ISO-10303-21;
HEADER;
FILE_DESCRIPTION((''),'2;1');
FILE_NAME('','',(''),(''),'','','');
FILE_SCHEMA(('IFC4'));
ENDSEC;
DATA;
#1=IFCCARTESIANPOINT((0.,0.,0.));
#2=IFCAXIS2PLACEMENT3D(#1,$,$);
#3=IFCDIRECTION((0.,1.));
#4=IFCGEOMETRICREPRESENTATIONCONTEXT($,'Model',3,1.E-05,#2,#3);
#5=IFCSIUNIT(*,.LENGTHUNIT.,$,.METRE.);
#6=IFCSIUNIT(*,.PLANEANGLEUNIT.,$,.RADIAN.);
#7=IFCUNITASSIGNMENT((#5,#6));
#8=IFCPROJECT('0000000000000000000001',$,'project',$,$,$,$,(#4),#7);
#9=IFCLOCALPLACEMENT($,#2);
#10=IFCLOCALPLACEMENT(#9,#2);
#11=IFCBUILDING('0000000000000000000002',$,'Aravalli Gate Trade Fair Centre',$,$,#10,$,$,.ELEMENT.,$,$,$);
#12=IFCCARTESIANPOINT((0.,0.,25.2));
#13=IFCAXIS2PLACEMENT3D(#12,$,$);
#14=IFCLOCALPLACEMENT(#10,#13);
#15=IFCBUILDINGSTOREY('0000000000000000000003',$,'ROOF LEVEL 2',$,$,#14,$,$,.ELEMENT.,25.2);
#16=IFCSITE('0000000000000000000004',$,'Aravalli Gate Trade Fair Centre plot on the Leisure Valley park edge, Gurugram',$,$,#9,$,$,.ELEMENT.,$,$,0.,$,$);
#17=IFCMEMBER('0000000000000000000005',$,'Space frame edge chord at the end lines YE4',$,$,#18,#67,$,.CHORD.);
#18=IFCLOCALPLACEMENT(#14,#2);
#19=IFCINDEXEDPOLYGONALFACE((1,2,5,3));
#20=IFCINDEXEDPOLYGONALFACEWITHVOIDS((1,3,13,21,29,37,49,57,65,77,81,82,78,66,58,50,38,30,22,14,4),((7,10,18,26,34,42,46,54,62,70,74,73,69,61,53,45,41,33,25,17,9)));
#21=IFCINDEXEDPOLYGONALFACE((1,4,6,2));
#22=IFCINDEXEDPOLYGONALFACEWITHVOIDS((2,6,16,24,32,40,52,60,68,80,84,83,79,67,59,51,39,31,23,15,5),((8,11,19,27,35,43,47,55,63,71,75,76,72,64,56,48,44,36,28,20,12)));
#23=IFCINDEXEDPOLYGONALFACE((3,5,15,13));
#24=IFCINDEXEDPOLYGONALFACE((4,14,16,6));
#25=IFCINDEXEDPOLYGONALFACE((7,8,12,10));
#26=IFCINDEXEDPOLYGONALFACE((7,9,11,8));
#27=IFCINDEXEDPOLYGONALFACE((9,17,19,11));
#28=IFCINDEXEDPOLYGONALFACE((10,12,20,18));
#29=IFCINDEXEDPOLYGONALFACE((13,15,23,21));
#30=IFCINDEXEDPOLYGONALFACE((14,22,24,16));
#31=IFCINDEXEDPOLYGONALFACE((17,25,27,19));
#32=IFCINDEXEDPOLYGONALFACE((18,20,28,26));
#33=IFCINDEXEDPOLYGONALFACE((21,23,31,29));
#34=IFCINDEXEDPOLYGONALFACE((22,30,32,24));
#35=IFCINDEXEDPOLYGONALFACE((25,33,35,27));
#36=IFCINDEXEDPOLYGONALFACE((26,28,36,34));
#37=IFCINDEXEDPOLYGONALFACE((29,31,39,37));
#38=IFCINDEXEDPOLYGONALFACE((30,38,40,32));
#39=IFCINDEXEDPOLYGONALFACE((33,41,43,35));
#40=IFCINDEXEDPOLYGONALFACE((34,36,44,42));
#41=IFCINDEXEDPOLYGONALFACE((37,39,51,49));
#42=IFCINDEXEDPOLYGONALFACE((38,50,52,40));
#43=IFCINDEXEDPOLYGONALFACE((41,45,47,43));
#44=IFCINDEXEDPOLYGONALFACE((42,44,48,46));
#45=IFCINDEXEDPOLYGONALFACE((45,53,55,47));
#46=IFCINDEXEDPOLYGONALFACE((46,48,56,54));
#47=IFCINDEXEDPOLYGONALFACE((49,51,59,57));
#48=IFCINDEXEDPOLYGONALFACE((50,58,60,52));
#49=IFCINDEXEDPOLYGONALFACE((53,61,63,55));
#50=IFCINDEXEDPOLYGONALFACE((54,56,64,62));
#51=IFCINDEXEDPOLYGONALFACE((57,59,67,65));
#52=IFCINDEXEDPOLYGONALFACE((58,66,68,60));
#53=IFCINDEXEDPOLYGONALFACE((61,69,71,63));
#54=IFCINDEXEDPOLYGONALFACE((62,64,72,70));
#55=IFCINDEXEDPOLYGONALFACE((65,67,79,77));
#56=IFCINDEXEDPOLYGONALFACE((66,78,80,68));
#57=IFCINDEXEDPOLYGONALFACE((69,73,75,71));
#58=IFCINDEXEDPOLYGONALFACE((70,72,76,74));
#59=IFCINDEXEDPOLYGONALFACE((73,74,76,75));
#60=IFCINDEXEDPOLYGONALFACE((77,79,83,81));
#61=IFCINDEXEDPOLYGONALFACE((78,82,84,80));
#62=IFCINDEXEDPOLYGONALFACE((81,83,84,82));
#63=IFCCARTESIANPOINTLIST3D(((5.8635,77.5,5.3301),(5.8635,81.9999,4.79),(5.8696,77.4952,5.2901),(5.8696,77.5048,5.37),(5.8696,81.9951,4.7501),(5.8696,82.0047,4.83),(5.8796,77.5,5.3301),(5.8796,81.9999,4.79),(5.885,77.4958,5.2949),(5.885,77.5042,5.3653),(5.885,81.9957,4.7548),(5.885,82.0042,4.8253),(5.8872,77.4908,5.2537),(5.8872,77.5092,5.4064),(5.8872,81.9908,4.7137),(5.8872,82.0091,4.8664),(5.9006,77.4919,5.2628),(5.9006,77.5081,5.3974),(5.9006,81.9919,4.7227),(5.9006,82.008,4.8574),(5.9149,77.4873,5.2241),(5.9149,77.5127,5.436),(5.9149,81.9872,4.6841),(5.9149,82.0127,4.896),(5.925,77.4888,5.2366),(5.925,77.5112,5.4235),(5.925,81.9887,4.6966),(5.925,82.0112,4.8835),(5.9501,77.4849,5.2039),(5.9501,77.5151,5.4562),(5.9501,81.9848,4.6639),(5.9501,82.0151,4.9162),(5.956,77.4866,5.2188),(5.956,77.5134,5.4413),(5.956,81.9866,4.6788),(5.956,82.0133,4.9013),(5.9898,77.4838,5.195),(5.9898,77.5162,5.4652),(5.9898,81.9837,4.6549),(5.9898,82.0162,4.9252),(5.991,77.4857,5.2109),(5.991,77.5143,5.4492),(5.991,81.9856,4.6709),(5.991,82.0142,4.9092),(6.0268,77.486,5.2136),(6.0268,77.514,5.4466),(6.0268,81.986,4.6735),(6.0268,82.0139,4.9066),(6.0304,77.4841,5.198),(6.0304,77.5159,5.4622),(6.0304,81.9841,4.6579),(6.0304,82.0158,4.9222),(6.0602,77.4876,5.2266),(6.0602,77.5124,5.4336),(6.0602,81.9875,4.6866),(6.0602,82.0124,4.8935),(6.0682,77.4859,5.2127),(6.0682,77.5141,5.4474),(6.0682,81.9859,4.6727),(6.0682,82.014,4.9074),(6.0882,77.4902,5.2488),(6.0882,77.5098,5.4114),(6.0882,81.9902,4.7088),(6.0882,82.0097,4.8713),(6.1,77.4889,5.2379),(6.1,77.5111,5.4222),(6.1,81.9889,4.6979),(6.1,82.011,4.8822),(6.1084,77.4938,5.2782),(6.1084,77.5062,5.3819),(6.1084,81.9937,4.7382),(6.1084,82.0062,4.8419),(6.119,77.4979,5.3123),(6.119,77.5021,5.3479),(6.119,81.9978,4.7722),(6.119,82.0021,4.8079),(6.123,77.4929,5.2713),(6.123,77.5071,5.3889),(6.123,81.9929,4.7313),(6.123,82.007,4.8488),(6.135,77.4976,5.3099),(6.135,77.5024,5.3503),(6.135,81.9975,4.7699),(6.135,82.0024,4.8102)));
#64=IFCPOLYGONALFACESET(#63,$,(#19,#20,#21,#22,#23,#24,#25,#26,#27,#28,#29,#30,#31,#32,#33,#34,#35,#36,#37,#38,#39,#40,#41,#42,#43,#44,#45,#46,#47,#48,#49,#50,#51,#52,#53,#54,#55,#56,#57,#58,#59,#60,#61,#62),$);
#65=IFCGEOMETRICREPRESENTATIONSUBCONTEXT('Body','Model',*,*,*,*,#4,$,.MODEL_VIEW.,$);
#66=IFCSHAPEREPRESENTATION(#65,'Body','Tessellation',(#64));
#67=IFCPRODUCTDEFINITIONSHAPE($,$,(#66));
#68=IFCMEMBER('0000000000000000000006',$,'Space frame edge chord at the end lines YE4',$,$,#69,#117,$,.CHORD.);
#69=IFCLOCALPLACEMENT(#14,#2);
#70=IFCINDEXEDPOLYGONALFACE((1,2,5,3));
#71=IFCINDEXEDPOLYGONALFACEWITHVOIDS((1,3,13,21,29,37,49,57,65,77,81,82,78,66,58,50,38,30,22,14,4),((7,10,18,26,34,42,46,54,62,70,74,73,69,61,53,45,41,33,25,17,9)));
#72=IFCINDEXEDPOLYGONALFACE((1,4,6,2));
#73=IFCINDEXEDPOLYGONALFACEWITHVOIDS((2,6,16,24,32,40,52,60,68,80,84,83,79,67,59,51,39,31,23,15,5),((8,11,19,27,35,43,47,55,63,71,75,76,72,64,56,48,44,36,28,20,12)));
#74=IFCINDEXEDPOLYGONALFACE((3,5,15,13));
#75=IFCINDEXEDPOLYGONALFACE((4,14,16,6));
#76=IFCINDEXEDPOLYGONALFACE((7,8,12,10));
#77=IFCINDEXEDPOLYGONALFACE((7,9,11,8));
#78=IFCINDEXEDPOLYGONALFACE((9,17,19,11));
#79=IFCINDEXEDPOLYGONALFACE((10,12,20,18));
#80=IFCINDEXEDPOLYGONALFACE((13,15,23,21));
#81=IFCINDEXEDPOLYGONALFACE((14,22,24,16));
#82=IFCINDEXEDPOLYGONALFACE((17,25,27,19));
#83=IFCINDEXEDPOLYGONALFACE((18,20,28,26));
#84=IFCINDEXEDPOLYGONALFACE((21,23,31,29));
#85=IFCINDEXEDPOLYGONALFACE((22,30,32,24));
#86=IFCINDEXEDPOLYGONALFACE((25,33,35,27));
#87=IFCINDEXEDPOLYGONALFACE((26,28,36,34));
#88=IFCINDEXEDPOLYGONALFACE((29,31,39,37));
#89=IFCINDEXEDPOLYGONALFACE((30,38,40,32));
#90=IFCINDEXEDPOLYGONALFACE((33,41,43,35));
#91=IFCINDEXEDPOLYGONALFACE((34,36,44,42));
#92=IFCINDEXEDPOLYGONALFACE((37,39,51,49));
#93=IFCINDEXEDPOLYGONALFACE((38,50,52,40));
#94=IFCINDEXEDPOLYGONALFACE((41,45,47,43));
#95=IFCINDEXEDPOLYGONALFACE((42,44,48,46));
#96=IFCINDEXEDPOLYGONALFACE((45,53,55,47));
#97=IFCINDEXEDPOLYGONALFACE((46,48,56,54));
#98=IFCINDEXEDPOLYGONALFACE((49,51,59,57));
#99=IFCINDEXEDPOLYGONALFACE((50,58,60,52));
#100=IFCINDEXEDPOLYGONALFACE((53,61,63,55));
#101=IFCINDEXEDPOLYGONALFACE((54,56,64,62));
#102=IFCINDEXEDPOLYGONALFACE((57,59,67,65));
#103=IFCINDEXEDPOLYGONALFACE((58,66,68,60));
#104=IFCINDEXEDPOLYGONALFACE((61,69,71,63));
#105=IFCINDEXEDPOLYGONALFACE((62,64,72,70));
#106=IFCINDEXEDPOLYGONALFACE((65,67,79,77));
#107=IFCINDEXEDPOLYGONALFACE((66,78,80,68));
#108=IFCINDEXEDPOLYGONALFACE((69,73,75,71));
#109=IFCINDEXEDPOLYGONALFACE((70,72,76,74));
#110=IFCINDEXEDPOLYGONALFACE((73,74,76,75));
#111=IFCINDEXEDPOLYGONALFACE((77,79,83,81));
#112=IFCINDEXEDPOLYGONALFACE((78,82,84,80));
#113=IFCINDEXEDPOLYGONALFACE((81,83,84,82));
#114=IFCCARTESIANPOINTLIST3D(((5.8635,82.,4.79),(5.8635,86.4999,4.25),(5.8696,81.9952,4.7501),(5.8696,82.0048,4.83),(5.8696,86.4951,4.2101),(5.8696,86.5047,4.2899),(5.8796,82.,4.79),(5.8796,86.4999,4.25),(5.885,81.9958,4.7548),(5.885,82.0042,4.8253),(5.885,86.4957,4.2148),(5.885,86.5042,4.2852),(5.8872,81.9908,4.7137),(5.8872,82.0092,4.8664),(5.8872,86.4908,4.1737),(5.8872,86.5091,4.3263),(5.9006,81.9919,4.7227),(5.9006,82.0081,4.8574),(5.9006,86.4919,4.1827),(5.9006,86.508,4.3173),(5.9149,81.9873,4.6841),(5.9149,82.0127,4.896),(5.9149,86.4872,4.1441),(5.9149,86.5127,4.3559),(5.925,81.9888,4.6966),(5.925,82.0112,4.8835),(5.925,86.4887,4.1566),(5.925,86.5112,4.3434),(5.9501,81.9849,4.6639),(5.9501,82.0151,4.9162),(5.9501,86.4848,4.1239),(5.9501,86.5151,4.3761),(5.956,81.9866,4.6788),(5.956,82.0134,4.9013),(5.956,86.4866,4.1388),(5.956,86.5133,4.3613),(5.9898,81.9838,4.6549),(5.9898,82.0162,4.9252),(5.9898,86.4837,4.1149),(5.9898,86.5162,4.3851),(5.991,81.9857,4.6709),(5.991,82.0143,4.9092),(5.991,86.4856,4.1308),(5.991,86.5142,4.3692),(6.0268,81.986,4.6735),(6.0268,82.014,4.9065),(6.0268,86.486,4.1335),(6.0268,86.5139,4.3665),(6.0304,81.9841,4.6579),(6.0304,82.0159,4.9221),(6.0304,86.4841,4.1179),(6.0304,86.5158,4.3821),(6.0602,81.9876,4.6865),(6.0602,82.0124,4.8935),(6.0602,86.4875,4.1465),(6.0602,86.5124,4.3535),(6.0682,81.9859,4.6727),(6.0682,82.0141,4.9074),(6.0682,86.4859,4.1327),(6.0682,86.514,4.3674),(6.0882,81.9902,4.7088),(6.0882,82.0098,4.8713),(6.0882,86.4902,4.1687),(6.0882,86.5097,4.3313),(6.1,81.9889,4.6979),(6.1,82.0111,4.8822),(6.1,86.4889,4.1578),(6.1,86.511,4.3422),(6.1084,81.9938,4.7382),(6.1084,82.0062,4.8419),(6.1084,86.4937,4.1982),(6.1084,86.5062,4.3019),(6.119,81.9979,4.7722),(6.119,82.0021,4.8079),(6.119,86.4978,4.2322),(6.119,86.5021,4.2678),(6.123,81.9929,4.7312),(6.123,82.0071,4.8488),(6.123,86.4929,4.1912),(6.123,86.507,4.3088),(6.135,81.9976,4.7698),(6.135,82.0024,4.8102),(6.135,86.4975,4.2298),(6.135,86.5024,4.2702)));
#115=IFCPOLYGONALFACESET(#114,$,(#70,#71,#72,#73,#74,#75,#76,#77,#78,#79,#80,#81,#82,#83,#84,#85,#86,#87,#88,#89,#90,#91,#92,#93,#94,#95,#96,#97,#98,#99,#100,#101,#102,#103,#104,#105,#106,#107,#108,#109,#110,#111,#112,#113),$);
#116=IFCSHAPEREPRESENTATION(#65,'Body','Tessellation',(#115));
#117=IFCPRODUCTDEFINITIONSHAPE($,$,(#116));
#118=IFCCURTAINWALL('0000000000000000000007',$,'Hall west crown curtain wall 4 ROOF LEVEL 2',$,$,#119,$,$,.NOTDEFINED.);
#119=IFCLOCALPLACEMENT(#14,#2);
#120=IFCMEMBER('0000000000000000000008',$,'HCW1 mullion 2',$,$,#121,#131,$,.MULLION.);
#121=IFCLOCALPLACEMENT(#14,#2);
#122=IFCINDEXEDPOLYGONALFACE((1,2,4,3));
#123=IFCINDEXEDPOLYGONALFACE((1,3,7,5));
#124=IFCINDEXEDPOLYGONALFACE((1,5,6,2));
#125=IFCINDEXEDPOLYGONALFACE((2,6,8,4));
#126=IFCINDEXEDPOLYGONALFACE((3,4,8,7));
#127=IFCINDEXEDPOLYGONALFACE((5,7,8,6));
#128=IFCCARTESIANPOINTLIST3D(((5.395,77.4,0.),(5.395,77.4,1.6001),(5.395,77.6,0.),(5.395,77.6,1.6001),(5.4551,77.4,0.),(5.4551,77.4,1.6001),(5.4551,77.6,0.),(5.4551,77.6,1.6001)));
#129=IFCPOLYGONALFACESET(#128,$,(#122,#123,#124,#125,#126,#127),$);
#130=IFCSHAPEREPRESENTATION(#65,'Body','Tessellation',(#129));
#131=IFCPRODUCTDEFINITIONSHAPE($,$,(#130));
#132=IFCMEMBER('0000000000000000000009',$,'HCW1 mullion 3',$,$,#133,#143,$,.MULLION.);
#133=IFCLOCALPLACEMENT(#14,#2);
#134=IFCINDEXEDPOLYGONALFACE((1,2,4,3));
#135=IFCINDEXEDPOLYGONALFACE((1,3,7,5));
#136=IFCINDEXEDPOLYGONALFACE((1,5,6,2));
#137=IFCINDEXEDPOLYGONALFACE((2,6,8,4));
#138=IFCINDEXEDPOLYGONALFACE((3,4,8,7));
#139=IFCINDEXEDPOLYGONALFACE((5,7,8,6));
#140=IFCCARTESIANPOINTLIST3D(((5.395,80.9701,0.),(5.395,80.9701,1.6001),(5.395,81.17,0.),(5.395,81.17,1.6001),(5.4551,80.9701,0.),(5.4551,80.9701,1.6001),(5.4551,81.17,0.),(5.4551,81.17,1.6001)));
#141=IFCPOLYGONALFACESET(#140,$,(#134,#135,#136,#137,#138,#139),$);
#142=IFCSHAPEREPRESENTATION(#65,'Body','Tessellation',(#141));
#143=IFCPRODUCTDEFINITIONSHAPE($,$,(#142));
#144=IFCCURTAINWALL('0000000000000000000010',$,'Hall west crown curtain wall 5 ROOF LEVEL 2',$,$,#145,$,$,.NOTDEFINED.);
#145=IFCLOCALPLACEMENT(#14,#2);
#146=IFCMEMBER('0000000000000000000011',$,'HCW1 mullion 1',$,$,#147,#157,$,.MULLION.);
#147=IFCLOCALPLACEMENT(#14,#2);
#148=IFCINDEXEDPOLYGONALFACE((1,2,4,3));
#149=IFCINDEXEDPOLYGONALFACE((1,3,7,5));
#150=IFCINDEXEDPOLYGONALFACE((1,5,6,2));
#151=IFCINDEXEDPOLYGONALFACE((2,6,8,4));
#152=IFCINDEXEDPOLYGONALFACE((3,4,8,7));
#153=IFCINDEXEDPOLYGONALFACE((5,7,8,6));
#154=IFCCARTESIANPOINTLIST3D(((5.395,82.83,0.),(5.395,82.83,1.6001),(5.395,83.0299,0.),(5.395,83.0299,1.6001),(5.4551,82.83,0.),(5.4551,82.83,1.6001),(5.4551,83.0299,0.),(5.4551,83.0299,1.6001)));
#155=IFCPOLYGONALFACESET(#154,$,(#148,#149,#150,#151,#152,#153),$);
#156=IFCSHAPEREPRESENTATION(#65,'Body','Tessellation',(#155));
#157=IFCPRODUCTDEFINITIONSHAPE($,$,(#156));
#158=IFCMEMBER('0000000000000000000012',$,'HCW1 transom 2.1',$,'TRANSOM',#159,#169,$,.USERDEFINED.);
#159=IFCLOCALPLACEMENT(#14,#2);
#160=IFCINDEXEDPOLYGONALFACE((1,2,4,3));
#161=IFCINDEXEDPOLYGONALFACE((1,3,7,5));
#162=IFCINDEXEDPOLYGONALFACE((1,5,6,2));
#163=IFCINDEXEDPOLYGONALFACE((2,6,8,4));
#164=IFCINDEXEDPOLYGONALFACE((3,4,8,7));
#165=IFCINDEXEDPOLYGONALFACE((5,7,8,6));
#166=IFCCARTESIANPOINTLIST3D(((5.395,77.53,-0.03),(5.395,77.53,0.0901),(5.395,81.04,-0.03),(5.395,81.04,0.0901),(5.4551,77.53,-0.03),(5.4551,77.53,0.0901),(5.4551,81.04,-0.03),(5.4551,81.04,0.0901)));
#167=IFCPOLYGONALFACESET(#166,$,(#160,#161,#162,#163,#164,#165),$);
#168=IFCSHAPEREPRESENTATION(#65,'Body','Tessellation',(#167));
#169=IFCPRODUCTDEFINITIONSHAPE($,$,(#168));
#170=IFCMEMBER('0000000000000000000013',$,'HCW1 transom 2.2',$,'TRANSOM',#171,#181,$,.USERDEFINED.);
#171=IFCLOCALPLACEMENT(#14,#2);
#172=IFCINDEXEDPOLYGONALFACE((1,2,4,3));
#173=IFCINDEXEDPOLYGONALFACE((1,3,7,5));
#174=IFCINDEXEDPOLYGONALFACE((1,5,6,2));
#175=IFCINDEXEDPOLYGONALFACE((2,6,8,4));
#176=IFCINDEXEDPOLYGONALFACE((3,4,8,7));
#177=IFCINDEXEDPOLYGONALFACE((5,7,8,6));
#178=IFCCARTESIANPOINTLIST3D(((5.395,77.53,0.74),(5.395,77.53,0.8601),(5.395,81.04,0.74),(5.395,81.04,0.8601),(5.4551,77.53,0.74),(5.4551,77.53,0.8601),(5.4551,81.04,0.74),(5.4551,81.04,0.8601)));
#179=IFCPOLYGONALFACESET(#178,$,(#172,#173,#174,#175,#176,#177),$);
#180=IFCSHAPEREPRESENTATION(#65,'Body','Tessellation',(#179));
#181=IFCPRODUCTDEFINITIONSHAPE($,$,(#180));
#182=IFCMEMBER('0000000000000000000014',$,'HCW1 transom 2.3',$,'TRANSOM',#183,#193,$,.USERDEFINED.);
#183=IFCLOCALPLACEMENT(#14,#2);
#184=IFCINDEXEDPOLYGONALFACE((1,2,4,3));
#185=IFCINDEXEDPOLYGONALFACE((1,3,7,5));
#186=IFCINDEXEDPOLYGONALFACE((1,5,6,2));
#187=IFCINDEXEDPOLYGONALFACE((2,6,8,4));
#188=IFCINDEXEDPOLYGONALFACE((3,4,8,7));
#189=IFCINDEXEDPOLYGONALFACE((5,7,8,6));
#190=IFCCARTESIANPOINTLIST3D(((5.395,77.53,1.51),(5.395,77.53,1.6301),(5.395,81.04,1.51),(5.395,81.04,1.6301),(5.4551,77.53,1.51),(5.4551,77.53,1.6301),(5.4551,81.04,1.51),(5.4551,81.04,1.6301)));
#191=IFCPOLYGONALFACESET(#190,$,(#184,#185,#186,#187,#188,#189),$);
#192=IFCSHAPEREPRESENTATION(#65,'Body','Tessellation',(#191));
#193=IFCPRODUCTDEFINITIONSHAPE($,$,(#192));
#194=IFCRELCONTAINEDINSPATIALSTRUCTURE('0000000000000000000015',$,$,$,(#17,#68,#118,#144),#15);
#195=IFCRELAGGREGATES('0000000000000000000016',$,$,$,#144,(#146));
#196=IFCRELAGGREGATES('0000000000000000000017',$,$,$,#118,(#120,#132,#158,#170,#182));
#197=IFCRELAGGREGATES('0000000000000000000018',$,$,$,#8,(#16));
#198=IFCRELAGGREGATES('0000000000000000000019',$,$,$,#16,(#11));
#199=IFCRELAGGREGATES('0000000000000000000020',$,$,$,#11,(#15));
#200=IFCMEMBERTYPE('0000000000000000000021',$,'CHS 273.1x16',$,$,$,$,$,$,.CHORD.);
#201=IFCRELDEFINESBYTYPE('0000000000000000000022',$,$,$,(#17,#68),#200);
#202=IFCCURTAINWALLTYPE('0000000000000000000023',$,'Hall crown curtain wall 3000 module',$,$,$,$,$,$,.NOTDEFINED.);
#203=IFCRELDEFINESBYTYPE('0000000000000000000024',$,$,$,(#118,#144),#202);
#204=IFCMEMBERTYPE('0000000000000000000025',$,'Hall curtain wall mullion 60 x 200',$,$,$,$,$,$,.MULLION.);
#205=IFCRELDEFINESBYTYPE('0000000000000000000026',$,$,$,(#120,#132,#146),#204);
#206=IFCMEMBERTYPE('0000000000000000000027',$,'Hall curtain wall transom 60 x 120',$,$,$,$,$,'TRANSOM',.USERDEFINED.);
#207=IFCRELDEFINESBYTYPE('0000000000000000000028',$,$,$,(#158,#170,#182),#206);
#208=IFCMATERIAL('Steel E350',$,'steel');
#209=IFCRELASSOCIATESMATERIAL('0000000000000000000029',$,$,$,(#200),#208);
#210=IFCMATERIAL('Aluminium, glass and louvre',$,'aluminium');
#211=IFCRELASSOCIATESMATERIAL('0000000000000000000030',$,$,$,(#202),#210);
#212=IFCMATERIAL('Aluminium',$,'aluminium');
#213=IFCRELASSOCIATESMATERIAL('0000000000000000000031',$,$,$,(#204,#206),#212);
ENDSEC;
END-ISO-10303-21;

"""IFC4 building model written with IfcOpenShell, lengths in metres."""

from ifc_helpers import new_model, si_unit, direction, frame, origin, origin_2d, place, context, subcontext, project, spatial, rectangle, hollow_circle, extrude, material, material_profile, profile_set, type_object, element, aggregate, save


model = new_model("IFC4")

# Units and contexts
model_context = context("Model", 3, precision=1e-05, world=origin(), true_north=direction((0.0, 1.0)))
body_context = subcontext(model_context, "Body", "Model", "MODEL_VIEW")
ifc_project = project(units=[si_unit("LENGTHUNIT", "METRE"), si_unit("PLANEANGLEUNIT", "RADIAN")], contexts=[model_context])

# Site, building, storey
site_placement = place(None, origin())
site = spatial("IfcSite", under=ifc_project, at=site_placement, Name="Aravalli Gate Trade Fair Centre plot on the Leisure Valley park edge, Gurugram", CompositionType="ELEMENT", RefElevation=0.0)
building_placement = place(site_placement, origin())
building = spatial("IfcBuilding", under=site, at=building_placement, Name="Aravalli Gate Trade Fair Centre", CompositionType="ELEMENT")
storey_placement = place(building_placement, frame((0.0, 0.0, 25.2)))
storey = spatial("IfcBuildingStorey", under=building, at=storey_placement, Name="ROOF LEVEL 2", CompositionType="ELEMENT", Elevation=25.2)

# Members
ifc_material_1 = material(Name="Steel E350", Category="steel")
ifc_material_profile_1 = material_profile(ifc_material_1, hollow_circle(Radius=0.1365, WallThickness=0.0161, at=origin_2d()), Name="CHS 273.1x16")
ifc_profile_set_1 = profile_set([ifc_material_profile_1], Name="Steel E350")
member_type_1 = type_object("IfcMemberType", Name="CHS 273.1x16", PredefinedType="CHORD", material=ifc_profile_set_1)
for number, where, z_axis, x_axis, name in (
    (1, (6.0, 77.5, 5.3301), (0.0, 0.992876, -0.119154), (-1.0, 0.0, 0.0), "Space frame edge chord at the end lines YE4"),
    (2, (6.0, 82.0, 4.79), (0.0, 0.992876, -0.119154), (-1.0, 0.0, 0.0), "Space frame edge chord at the end lines YE4"),
):
    element("IfcMember", number, at=place(storey_placement, frame(where, z_axis=z_axis, x_axis=x_axis)), inside=storey, type_object=member_type_1, Name=name, PredefinedType="CHORD", context=body_context, shape_type="SweptSolid", body=[
        extrude(hollow_circle(Radius=0.1365, WallThickness=0.0161, at=origin_2d()), origin(), (0.0, 0.0, 1.0), 4.5322),
    ])

# Curtain wall, members
ifc_material_2 = material(Name="Aluminium, glass and louvre", Category="aluminium")
curtain_wall_type = type_object("IfcCurtainWallType", Name="Hall crown curtain wall 3000 module", PredefinedType="NOTDEFINED", material=ifc_material_2)
curtain_wall_1_placement = place(storey_placement, origin())
curtain_wall_1 = element("IfcCurtainWall", 3, at=curtain_wall_1_placement, inside=storey, type_object=curtain_wall_type, Name="Hall west crown curtain wall 4 ROOF LEVEL 2", PredefinedType="NOTDEFINED")
ifc_material_3 = material(Name="Aluminium", Category="aluminium")
ifc_material_profile_2 = material_profile(ifc_material_3, rectangle(XDim=0.0601, YDim=0.2, at=origin_2d()), Name="Hall curtain wall mullion 60 x 200")
ifc_profile_set_2 = profile_set([ifc_material_profile_2], Name="Aluminium")
member_type_2 = type_object("IfcMemberType", Name="Hall curtain wall mullion 60 x 200", PredefinedType="MULLION", material=ifc_profile_set_2)
member_1_placement = place(storey_placement, frame((5.425, 77.5, 0.0), z_axis=(0.0, 0.0, 1.0), x_axis=(-1.0, 0.0, 0.0)))
member_1 = element("IfcMember", 4, at=member_1_placement, type_object=member_type_2, Name="HCW1 mullion 2", PredefinedType="MULLION", context=body_context, shape_type="SweptSolid", body=[
    extrude(rectangle(XDim=0.0601, YDim=0.2, at=origin_2d()), origin(), (0.0, 0.0, 1.0), 1.6001),
])
member_2_placement = place(storey_placement, frame((5.425, 81.0701, 0.0), z_axis=(0.0, 0.0, 1.0), x_axis=(-1.0, 0.0, 0.0)))
member_2 = element("IfcMember", 5, at=member_2_placement, type_object=member_type_2, Name="HCW1 mullion 3", PredefinedType="MULLION", context=body_context, shape_type="SweptSolid", body=[
    extrude(rectangle(XDim=0.0601, YDim=0.2, at=origin_2d()), origin(), (0.0, 0.0, 1.0), 1.6001),
])

# Curtain wall, member
curtain_wall_2_placement = place(storey_placement, origin())
curtain_wall_2 = element("IfcCurtainWall", 6, at=curtain_wall_2_placement, inside=storey, type_object=curtain_wall_type, Name="Hall west crown curtain wall 5 ROOF LEVEL 2", PredefinedType="NOTDEFINED")
member_3_placement = place(storey_placement, frame((5.425, 82.9299, 0.0), z_axis=(0.0, 0.0, 1.0), x_axis=(-1.0, 0.0, 0.0)))
member_3 = element("IfcMember", 7, at=member_3_placement, type_object=member_type_2, Name="HCW1 mullion 1", PredefinedType="MULLION", context=body_context, shape_type="SweptSolid", body=[
    extrude(rectangle(XDim=0.0601, YDim=0.2, at=origin_2d()), origin(), (0.0, 0.0, 1.0), 1.6001),
])

# Members
ifc_material_profile_3 = material_profile(ifc_material_3, rectangle(XDim=0.0601, YDim=0.1201, at=origin_2d()), Name="Hall curtain wall transom 60 x 120")
ifc_profile_set_3 = profile_set([ifc_material_profile_3], Name="Aluminium")
member_type_3 = type_object("IfcMemberType", Name="Hall curtain wall transom 60 x 120", ElementType="TRANSOM", PredefinedType="USERDEFINED", material=ifc_profile_set_3)
member_4_placement = place(storey_placement, frame((5.425, 77.53, 0.03), z_axis=(0.0, 1.0, 0.0), x_axis=(-1.0, 0.0, 0.0)))
member_4 = element("IfcMember", 8, at=member_4_placement, type_object=member_type_3, Name="HCW1 transom 2.1", ObjectType="TRANSOM", PredefinedType="USERDEFINED", context=body_context, shape_type="SweptSolid", body=[
    extrude(rectangle(XDim=0.0601, YDim=0.1201, at=origin_2d()), origin(), (0.0, 0.0, 1.0), 3.51),
])
member_5_placement = place(storey_placement, frame((5.425, 77.53, 0.8), z_axis=(0.0, 1.0, 0.0), x_axis=(-1.0, 0.0, 0.0)))
member_5 = element("IfcMember", 9, at=member_5_placement, type_object=member_type_3, Name="HCW1 transom 2.2", ObjectType="TRANSOM", PredefinedType="USERDEFINED", context=body_context, shape_type="SweptSolid", body=[
    extrude(rectangle(XDim=0.0601, YDim=0.1201, at=origin_2d()), origin(), (0.0, 0.0, 1.0), 3.51),
])
member_6_placement = place(storey_placement, frame((5.425, 77.53, 1.5701), z_axis=(0.0, 1.0, 0.0), x_axis=(-1.0, 0.0, 0.0)))
member_6 = element("IfcMember", 10, at=member_6_placement, type_object=member_type_3, Name="HCW1 transom 2.3", ObjectType="TRANSOM", PredefinedType="USERDEFINED", context=body_context, shape_type="SweptSolid", body=[
    extrude(rectangle(XDim=0.0601, YDim=0.1201, at=origin_2d()), origin(), (0.0, 0.0, 1.0), 3.51),
])
aggregate(curtain_wall_2, [member_3])

aggregate(curtain_wall_1, [member_1, member_2, member_4, member_5, member_6])

save(model, "model.ifc")
